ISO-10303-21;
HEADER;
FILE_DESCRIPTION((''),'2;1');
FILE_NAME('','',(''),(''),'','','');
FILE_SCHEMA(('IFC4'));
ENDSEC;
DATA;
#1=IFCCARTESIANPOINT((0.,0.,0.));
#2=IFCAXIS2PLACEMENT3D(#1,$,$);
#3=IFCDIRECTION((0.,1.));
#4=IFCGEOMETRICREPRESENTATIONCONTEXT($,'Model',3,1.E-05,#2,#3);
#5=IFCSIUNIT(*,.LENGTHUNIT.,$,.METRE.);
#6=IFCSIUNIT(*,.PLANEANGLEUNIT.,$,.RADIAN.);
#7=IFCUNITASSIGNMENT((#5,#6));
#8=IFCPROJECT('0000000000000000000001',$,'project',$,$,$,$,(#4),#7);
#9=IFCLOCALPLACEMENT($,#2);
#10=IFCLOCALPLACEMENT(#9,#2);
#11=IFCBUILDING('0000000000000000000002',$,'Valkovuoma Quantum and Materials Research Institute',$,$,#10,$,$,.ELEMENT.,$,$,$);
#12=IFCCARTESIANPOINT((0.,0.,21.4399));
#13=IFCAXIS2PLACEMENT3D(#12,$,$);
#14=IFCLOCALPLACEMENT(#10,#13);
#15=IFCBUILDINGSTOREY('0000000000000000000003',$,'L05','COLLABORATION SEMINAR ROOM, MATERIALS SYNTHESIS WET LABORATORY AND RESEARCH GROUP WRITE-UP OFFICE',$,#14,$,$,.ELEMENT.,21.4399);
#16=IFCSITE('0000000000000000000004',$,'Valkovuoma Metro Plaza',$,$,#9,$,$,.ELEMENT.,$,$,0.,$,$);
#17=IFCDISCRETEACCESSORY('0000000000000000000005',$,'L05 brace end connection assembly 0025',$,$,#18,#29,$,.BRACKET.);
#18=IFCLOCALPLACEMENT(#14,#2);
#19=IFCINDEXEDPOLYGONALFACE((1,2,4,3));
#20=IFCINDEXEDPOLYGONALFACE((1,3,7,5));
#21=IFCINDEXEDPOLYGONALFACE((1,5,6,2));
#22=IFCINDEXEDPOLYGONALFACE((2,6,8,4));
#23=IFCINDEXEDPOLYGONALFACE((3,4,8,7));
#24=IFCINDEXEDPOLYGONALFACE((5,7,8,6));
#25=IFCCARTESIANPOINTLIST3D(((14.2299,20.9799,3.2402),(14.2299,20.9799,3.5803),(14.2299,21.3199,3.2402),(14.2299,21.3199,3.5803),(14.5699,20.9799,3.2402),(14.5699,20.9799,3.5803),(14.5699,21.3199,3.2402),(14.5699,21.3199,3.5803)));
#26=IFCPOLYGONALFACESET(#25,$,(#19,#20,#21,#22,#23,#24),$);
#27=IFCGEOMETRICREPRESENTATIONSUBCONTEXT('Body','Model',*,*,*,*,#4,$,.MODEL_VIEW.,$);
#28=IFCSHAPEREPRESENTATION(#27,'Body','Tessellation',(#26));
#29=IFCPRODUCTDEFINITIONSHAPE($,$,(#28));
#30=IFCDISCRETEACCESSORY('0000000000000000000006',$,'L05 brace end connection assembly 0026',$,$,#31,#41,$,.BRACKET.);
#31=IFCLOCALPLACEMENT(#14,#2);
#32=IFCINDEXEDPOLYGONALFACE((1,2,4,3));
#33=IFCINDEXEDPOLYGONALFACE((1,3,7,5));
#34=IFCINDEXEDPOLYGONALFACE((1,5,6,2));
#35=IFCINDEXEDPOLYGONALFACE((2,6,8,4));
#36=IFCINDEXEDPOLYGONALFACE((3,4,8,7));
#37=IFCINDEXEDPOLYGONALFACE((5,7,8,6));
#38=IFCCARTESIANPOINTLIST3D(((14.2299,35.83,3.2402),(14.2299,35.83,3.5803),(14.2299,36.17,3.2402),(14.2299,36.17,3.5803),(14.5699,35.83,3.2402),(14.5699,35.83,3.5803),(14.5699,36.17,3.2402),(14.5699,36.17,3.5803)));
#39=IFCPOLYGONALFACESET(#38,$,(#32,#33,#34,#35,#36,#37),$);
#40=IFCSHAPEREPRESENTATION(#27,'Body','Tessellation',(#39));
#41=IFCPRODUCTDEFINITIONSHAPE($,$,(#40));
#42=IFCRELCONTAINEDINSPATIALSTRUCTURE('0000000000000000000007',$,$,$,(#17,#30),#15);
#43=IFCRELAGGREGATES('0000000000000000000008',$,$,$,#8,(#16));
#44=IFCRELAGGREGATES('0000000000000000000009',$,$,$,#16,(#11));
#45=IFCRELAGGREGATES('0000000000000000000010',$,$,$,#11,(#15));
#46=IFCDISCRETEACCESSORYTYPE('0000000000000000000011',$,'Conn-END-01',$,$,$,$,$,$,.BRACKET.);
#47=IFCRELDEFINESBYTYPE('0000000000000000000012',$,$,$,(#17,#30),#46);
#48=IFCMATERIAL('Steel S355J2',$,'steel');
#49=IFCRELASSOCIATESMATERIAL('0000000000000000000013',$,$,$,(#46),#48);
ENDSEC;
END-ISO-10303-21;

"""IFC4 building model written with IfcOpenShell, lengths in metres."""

from ifc_helpers import new_model, si_unit, direction, frame, origin, origin_2d, place, context, subcontext, project, spatial, rectangle, extrude, material, type_object, element, save


model = new_model("IFC4")

# Units and contexts
model_context = context("Model", 3, precision=1e-05, world=origin(), true_north=direction((0.0, 1.0)))
body_context = subcontext(model_context, "Body", "Model", "MODEL_VIEW")
ifc_project = project(units=[si_unit("LENGTHUNIT", "METRE"), si_unit("PLANEANGLEUNIT", "RADIAN")], contexts=[model_context])

# Site, building, storey
site_placement = place(None, origin())
site = spatial("IfcSite", under=ifc_project, at=site_placement, Name="Valkovuoma Metro Plaza", CompositionType="ELEMENT", RefElevation=0.0)
building_placement = place(site_placement, origin())
building = spatial("IfcBuilding", under=site, at=building_placement, Name="Valkovuoma Quantum and Materials Research Institute", CompositionType="ELEMENT")
storey_placement = place(building_placement, frame((0.0, 0.0, 21.4399)))
storey = spatial("IfcBuildingStorey", under=building, at=storey_placement, Name="L05", Description="COLLABORATION SEMINAR ROOM, MATERIALS SYNTHESIS WET LABORATORY AND RESEARCH GROUP WRITE-UP OFFICE", CompositionType="ELEMENT", Elevation=21.4399)

# Discrete accessories
ifc_material_1 = material(Name="Steel S355J2", Category="steel")
discrete_accessory_type_1 = type_object("IfcDiscreteAccessoryType", Name="Conn-END-01", PredefinedType="BRACKET", material=ifc_material_1)
for number, where, z_axis, x_axis, name in (
    (1, (14.3999, 21.1499, 3.2402), (0.0, 0.0, 1.0), (1.0, 0.0, 0.0), "L05 brace end connection assembly 0025"),
    (2, (14.3999, 36.0, 3.2402), (0.0, 0.0, 1.0), (1.0, 0.0, 0.0), "L05 brace end connection assembly 0026"),
):
    element("IfcDiscreteAccessory", number, at=place(storey_placement, frame(where, z_axis=z_axis, x_axis=x_axis)), inside=storey, type_object=discrete_accessory_type_1, Name=name, PredefinedType="BRACKET", context=body_context, shape_type="SweptSolid", body=[
        extrude(rectangle(XDim=0.3401, YDim=0.3401, at=origin_2d()), origin(), (0.0, 0.0, 1.0), 0.3401),
    ])

save(model, "model.ifc")
